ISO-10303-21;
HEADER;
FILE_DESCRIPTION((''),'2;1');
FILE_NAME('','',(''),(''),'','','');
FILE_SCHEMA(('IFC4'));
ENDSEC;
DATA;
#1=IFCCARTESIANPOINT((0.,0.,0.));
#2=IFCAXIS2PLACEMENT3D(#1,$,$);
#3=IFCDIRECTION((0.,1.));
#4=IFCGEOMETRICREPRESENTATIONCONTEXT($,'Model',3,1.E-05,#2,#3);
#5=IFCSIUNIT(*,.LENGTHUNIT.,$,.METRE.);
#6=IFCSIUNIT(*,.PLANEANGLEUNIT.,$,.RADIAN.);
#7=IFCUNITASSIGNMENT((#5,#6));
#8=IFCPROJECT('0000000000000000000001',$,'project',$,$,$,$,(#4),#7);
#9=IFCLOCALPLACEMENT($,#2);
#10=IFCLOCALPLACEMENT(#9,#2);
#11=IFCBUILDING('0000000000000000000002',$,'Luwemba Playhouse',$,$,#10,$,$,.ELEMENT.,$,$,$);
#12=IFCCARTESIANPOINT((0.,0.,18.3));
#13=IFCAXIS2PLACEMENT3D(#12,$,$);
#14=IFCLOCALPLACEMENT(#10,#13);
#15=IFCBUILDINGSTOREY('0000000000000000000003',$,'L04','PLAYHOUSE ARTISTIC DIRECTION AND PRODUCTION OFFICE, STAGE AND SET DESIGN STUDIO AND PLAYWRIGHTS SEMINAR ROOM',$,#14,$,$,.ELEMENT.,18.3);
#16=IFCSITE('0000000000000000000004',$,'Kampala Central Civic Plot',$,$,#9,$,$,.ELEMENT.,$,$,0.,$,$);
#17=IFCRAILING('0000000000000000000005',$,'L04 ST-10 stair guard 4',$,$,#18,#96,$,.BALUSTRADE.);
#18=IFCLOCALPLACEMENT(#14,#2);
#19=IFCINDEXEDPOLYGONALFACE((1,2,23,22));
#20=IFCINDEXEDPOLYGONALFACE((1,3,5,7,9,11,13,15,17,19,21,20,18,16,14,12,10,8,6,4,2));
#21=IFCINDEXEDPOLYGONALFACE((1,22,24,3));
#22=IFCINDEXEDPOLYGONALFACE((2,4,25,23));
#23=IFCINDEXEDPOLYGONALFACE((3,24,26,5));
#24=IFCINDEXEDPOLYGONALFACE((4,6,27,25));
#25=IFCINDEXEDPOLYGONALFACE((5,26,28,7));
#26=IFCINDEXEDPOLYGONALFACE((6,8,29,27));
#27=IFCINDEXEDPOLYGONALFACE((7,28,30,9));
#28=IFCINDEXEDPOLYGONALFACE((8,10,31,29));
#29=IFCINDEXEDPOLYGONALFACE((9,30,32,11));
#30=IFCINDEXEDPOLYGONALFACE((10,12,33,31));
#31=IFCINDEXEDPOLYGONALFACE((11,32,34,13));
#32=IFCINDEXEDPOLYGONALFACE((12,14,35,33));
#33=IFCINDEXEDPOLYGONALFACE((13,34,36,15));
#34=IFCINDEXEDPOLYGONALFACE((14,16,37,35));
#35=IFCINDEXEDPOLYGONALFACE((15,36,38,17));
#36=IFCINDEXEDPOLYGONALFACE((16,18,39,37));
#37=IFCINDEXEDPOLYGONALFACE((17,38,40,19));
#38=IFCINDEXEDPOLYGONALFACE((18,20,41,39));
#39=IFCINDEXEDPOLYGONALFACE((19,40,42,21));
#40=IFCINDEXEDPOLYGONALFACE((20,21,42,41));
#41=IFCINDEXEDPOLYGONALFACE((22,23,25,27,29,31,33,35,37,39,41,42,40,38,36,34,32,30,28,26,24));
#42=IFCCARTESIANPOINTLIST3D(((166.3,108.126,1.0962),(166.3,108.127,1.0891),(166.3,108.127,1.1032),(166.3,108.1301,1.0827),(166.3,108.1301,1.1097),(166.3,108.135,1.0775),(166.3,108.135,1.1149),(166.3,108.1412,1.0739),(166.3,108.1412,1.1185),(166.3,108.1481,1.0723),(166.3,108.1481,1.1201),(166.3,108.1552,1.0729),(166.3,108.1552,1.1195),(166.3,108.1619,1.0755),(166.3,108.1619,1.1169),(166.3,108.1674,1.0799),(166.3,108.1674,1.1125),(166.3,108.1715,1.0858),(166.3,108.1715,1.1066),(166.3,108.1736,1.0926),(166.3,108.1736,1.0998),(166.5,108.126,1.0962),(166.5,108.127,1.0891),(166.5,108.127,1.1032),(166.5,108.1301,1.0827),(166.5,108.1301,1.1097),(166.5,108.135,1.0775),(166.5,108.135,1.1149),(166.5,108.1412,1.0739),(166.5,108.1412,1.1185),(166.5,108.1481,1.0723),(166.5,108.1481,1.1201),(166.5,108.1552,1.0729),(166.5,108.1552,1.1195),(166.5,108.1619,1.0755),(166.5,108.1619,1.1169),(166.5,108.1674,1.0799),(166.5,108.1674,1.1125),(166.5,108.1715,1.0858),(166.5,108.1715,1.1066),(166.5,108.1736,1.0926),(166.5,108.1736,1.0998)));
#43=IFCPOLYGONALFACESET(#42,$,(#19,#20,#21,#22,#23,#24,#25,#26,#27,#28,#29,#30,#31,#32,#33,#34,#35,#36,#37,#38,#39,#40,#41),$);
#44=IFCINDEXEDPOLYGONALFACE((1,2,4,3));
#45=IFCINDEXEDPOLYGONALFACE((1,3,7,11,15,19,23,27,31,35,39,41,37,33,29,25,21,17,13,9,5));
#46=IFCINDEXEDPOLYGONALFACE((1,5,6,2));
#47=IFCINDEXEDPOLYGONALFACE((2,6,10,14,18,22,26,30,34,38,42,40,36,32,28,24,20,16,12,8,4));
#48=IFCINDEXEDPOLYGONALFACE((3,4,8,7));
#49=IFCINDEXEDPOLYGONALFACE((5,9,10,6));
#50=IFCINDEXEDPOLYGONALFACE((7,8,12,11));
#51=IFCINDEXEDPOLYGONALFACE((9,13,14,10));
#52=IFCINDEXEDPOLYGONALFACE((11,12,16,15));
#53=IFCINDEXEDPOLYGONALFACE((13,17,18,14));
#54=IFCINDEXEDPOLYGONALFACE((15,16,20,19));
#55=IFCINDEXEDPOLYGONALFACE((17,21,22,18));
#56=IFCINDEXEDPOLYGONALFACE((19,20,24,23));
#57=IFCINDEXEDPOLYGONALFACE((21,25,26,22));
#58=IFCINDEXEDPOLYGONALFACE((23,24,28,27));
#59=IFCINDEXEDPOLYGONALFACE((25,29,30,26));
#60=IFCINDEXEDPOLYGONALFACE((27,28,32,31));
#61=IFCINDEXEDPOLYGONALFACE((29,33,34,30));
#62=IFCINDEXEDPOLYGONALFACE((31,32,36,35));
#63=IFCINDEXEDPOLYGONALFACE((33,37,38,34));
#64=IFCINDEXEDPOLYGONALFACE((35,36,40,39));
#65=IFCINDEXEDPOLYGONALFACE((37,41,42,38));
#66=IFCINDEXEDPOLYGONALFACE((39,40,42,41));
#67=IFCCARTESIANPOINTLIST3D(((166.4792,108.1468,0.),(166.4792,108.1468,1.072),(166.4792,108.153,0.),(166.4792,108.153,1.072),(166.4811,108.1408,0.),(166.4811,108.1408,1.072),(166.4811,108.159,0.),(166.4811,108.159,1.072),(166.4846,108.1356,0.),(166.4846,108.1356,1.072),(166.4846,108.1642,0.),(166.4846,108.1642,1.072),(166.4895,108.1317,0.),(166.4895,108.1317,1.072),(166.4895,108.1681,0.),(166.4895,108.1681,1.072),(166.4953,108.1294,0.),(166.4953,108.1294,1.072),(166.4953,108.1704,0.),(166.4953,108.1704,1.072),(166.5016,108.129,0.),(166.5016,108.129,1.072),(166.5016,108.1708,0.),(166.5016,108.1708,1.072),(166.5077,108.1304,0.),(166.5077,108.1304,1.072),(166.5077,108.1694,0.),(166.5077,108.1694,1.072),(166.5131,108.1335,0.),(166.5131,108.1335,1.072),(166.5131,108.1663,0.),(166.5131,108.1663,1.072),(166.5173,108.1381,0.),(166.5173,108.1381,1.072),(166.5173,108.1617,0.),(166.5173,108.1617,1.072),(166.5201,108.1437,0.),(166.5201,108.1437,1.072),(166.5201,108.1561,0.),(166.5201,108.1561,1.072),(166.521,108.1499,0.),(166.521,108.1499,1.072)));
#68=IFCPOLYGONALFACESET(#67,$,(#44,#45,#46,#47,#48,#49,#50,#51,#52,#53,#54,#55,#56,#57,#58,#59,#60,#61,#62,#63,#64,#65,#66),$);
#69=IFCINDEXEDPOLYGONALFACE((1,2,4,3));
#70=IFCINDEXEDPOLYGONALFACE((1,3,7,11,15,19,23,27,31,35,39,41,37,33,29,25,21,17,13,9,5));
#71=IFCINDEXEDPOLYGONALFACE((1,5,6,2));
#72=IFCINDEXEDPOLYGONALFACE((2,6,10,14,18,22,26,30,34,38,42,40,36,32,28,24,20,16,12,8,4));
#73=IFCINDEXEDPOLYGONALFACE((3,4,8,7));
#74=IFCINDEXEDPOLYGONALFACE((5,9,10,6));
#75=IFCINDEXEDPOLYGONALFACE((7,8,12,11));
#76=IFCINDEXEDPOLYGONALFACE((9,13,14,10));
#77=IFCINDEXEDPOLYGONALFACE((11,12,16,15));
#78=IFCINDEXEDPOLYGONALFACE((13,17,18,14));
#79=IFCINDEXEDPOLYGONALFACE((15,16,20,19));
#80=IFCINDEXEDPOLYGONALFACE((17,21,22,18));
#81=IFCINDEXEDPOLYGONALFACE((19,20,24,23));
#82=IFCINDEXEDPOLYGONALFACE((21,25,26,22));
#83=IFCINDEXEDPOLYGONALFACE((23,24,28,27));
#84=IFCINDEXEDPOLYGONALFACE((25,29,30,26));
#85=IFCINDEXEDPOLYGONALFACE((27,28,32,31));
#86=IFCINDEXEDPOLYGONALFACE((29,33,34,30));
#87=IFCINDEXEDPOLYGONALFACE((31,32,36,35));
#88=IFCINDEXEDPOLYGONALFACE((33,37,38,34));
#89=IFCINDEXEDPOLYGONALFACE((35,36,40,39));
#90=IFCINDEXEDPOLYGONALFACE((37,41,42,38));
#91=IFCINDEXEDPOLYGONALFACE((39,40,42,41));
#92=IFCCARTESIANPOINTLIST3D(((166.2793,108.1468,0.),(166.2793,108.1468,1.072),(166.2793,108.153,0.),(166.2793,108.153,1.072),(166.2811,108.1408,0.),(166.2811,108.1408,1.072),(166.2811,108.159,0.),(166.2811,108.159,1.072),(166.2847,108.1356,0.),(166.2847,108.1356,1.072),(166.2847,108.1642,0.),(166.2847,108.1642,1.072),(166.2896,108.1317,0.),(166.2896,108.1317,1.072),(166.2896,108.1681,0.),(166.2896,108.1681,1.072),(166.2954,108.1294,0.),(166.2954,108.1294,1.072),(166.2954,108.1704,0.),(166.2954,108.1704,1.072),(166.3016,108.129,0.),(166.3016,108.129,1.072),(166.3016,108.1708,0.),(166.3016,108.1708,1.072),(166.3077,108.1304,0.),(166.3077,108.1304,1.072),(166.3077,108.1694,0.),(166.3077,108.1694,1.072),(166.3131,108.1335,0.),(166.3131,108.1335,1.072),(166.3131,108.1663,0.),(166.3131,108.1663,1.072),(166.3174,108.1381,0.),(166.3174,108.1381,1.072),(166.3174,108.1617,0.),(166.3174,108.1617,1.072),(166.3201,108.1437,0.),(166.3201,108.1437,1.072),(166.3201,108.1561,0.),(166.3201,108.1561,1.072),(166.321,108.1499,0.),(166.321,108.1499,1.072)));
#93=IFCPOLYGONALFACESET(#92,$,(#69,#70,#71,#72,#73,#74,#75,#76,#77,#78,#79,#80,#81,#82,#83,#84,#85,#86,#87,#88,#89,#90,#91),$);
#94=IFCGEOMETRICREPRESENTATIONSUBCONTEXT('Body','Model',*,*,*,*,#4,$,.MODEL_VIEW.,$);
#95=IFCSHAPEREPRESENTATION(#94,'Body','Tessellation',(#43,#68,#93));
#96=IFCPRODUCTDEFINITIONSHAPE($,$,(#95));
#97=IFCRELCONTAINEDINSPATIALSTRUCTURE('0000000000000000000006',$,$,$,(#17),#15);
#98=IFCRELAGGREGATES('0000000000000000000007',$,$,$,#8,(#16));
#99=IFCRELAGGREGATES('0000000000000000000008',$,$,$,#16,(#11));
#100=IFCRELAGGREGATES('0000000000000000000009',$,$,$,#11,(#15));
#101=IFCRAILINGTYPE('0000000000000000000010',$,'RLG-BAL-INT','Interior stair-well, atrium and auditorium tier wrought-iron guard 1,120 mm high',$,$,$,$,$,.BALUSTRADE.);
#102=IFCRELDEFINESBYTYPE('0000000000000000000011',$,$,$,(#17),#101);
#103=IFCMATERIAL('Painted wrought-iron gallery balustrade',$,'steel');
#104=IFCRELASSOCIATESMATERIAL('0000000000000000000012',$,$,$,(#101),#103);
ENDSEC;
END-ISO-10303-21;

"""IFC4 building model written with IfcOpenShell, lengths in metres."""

from ifc_helpers import new_model, si_unit, direction, frame, origin, origin_2d, place, context, subcontext, project, spatial, circle, extrude, material, type_object, element, save


model = new_model("IFC4")

# Units and contexts
model_context = context("Model", 3, precision=1e-05, world=origin(), true_north=direction((0.0, 1.0)))
body_context = subcontext(model_context, "Body", "Model", "MODEL_VIEW")
ifc_project = project(units=[si_unit("LENGTHUNIT", "METRE"), si_unit("PLANEANGLEUNIT", "RADIAN")], contexts=[model_context])

# Site, building, storey
site_placement = place(None, origin())
site = spatial("IfcSite", under=ifc_project, at=site_placement, Name="Kampala Central Civic Plot", CompositionType="ELEMENT", RefElevation=0.0)
building_placement = place(site_placement, origin())
building = spatial("IfcBuilding", under=site, at=building_placement, Name="Luwemba Playhouse", CompositionType="ELEMENT")
storey_placement = place(building_placement, frame((0.0, 0.0, 18.3)))
storey = spatial("IfcBuildingStorey", under=building, at=storey_placement, Name="L04", Description="PLAYHOUSE ARTISTIC DIRECTION AND PRODUCTION OFFICE, STAGE AND SET DESIGN STUDIO AND PLAYWRIGHTS SEMINAR ROOM", CompositionType="ELEMENT", Elevation=18.3)

# Railing
ifc_material_1 = material(Name="Painted wrought-iron gallery balustrade", Category="steel")
railing_type_1 = type_object("IfcRailingType", Name="RLG-BAL-INT", Description="Interior stair-well, atrium and auditorium tier wrought-iron guard 1,120 mm high", PredefinedType="BALUSTRADE", material=ifc_material_1)
railing_1_placement = place(storey_placement, frame((166.5, 108.1499, 0.0)))
element("IfcRailing", 1, at=railing_1_placement, inside=storey, type_object=railing_type_1, Name="L04 ST-10 stair guard 4", PredefinedType="BALUSTRADE", context=body_context, shape_type="SweptSolid", body=[
    extrude(circle(Radius=0.0239, at=origin_2d()), frame((0.0, 0.0, 1.0962), z_axis=(-1.0, 0.0, 0.0), x_axis=(0.0, -1.0, 0.0)), (0.0, 0.0, 1.0), 0.2),
    extrude(circle(Radius=0.021, at=origin_2d()), origin(), (0.0, 0.0, 1.0), 1.072),
    extrude(circle(Radius=0.021, at=origin_2d()), frame((-0.2, 0.0, 0.0)), (0.0, 0.0, 1.0), 1.072),
])

save(model, "model.ifc")
